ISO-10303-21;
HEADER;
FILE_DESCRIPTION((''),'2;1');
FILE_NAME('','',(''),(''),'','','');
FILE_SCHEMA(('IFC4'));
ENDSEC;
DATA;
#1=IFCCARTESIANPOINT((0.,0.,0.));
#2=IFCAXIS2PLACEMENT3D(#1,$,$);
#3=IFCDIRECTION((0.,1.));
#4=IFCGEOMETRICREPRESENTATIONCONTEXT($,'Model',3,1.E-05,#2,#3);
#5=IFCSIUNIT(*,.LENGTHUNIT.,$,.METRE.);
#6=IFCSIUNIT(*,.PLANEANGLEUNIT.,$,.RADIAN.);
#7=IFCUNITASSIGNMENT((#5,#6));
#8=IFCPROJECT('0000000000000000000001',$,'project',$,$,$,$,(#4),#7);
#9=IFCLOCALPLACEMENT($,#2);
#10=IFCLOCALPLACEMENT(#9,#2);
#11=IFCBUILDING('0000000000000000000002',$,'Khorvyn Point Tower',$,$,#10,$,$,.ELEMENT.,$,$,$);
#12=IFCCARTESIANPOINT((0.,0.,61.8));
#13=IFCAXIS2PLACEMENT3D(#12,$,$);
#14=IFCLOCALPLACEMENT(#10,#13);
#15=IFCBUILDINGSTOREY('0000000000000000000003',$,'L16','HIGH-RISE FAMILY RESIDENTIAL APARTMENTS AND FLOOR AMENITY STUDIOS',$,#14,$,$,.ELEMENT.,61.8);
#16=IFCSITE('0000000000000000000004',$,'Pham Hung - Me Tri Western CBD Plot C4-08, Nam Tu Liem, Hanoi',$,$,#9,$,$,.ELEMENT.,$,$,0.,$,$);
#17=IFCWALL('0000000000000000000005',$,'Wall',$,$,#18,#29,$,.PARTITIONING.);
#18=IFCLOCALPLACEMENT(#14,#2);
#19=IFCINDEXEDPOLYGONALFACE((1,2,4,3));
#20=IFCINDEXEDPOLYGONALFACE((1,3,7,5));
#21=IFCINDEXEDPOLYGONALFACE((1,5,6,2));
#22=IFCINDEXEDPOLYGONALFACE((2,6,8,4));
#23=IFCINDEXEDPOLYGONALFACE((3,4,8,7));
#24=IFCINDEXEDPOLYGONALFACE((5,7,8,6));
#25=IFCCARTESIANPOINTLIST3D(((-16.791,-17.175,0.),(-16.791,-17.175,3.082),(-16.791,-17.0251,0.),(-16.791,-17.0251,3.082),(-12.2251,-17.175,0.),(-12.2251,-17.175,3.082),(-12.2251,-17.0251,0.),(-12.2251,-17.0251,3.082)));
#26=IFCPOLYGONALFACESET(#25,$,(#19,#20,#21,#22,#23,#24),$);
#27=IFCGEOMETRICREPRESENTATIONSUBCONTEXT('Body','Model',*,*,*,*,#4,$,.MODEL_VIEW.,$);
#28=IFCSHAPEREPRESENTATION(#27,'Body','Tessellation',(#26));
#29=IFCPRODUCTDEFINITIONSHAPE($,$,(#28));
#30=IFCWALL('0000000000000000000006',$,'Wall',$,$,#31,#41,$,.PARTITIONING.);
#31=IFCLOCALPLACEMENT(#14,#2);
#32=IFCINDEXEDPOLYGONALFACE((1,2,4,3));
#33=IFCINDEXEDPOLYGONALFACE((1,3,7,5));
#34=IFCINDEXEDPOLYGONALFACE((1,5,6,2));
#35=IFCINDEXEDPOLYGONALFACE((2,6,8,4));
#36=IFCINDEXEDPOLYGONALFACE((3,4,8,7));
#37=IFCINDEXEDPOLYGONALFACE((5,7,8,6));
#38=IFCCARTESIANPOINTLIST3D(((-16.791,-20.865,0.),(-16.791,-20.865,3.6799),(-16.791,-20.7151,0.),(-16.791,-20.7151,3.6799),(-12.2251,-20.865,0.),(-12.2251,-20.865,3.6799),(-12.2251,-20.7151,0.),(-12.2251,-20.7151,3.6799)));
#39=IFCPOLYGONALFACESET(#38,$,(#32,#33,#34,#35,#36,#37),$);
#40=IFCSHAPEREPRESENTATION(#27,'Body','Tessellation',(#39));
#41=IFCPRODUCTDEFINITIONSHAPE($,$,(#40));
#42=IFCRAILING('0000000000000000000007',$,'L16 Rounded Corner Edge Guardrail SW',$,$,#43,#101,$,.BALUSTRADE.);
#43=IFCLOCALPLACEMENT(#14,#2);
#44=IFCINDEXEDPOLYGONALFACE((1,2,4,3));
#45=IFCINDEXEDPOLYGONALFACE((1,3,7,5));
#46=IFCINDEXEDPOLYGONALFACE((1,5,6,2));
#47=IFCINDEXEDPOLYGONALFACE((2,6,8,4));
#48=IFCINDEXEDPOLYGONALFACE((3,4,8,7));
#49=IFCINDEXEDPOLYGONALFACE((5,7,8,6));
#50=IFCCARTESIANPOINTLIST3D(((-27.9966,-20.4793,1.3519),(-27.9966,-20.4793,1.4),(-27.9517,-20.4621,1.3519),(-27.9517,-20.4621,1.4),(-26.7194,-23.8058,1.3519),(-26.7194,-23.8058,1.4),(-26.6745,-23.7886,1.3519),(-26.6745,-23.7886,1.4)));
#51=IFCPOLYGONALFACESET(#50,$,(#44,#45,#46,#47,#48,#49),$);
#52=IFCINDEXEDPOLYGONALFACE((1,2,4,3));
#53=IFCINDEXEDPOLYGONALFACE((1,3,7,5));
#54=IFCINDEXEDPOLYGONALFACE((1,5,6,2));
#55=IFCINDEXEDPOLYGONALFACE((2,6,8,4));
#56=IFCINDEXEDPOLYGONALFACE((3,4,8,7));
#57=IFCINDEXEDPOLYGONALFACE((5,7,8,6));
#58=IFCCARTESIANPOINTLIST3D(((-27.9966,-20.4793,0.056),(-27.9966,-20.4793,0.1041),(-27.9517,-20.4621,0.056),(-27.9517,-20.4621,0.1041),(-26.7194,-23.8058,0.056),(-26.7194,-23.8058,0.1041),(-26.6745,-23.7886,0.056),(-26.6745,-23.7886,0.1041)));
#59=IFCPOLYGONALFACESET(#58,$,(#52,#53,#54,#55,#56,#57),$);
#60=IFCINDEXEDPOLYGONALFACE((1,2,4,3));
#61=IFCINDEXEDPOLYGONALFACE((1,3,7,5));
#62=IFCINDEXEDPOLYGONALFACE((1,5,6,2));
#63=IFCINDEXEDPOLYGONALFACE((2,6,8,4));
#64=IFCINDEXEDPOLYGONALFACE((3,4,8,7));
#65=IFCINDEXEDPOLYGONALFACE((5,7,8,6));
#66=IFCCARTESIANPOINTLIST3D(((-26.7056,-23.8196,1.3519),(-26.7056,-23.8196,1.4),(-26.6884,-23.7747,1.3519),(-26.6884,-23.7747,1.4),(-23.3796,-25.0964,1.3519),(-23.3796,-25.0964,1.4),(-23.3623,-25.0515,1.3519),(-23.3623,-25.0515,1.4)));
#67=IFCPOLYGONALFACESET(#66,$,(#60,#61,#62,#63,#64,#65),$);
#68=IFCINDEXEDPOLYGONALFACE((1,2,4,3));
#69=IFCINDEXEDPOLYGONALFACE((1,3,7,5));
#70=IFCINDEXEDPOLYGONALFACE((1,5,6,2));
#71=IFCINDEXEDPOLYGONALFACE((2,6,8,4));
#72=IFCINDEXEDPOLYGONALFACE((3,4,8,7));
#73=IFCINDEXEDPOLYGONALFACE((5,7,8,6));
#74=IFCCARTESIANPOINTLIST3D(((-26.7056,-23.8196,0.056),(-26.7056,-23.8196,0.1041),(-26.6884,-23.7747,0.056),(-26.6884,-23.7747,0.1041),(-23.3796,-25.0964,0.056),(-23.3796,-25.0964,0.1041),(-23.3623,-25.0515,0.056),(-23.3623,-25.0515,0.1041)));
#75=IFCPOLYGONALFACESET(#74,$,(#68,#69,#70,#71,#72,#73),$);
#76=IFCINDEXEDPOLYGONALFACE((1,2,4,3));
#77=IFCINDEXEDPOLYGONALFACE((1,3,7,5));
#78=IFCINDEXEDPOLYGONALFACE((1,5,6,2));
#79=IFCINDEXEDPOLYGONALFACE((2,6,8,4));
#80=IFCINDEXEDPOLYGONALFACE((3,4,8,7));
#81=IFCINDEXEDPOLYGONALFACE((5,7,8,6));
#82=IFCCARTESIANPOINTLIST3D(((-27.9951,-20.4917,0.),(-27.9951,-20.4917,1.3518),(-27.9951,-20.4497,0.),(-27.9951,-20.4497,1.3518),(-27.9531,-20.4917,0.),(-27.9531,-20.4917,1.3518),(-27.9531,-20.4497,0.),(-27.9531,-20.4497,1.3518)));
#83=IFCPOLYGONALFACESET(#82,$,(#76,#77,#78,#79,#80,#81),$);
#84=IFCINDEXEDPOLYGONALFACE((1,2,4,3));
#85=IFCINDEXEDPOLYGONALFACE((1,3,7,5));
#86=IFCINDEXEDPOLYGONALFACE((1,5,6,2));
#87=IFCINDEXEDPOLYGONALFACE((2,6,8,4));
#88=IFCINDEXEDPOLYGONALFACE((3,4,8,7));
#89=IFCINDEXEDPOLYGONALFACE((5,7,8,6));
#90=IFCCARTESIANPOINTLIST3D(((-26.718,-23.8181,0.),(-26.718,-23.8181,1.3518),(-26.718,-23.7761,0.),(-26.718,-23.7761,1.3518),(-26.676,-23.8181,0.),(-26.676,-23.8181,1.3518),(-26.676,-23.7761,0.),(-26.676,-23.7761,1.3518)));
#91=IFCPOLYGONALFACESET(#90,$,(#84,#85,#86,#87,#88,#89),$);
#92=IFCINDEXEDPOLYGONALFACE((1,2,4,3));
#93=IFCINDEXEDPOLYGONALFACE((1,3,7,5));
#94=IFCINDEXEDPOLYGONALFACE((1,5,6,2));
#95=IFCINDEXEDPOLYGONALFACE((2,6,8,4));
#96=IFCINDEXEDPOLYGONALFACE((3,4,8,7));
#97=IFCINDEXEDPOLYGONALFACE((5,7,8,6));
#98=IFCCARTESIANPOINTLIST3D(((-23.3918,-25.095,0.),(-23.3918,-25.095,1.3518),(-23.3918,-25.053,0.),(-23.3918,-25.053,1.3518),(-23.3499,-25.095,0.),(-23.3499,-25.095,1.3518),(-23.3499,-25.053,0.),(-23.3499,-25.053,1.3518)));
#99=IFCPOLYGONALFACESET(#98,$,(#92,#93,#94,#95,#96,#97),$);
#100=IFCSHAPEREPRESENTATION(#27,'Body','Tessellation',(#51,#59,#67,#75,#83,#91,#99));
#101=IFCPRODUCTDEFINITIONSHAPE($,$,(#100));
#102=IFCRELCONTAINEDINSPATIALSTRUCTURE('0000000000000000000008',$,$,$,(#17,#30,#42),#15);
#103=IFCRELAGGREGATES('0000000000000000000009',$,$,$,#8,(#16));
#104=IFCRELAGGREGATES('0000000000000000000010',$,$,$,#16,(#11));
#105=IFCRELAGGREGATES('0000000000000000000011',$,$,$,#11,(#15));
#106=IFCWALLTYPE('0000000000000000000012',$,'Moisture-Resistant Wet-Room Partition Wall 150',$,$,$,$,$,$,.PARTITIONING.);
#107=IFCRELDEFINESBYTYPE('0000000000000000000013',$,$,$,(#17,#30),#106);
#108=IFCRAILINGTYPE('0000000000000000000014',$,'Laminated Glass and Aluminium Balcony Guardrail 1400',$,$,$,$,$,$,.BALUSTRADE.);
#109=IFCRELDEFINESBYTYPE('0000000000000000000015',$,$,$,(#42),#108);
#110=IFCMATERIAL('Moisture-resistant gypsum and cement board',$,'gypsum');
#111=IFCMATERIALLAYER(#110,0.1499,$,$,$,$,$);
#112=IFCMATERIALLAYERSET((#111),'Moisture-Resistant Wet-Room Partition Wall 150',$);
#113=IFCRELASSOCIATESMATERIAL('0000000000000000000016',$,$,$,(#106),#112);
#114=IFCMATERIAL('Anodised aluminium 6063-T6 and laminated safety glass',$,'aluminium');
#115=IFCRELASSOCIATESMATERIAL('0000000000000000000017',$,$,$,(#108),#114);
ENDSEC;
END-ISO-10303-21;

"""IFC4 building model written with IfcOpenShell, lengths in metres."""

from ifc_helpers import new_model, si_unit, direction, frame, frame_2d, origin, origin_2d, place, context, subcontext, project, spatial, rectangle, extrude, material, layer, layer_set, type_object, element, save


model = new_model("IFC4")

# Units and contexts
model_context = context("Model", 3, precision=1e-05, world=origin(), true_north=direction((0.0, 1.0)))
body_context = subcontext(model_context, "Body", "Model", "MODEL_VIEW")
ifc_project = project(units=[si_unit("LENGTHUNIT", "METRE"), si_unit("PLANEANGLEUNIT", "RADIAN")], contexts=[model_context])

# Site, building, storey
site_placement = place(None, origin())
site = spatial("IfcSite", under=ifc_project, at=site_placement, Name="Pham Hung - Me Tri Western CBD Plot C4-08, Nam Tu Liem, Hanoi", CompositionType="ELEMENT", RefElevation=0.0)
building_placement = place(site_placement, origin())
building = spatial("IfcBuilding", under=site, at=building_placement, Name="Khorvyn Point Tower", CompositionType="ELEMENT")
storey_placement = place(building_placement, frame((0.0, 0.0, 61.8)))
storey = spatial("IfcBuildingStorey", under=building, at=storey_placement, Name="L16", Description="HIGH-RISE FAMILY RESIDENTIAL APARTMENTS AND FLOOR AMENITY STUDIOS", CompositionType="ELEMENT", Elevation=61.8)

# Shared definitions
ifc_material_1 = material(Name="Moisture-resistant gypsum and cement board", Category="gypsum")
ifc_layer_1 = layer(ifc_material_1, 0.1499)
ifc_layer_set_1 = layer_set([ifc_layer_1], Name="Moisture-Resistant Wet-Room Partition Wall 150")
wall_type_1 = type_object("IfcWallType", Name="Moisture-Resistant Wet-Room Partition Wall 150", PredefinedType="PARTITIONING", material=ifc_layer_set_1)

# Walls
wall_1_placement = place(storey_placement, frame((-16.791, -17.1001, 0.0), z_axis=(0.0, 0.0, 1.0), x_axis=(1.0, 0.0, 0.0)))
element("IfcWall", 1, at=wall_1_placement, inside=storey, type_object=wall_type_1, Name="Wall", PredefinedType="PARTITIONING", context=body_context, shape_type="SweptSolid", body=[
    extrude(rectangle(XDim=4.5659, YDim=0.1499, at=frame_2d((2.283, 0.0))), origin(), (0.0, 0.0, 1.0), 3.082),
])
wall_2_placement = place(storey_placement, frame((-16.791, -20.79, 0.0), z_axis=(0.0, 0.0, 1.0), x_axis=(1.0, 0.0, 0.0)))
element("IfcWall", 2, at=wall_2_placement, inside=storey, type_object=wall_type_1, Name="Wall", PredefinedType="PARTITIONING", context=body_context, shape_type="SweptSolid", body=[
    extrude(rectangle(XDim=4.5659, YDim=0.1499, at=frame_2d((2.283, 0.0))), origin(), (0.0, 0.0, 1.0), 3.6799),
])

# Railing
ifc_material_2 = material(Name="Anodised aluminium 6063-T6 and laminated safety glass", Category="aluminium")
railing_type = type_object("IfcRailingType", Name="Laminated Glass and Aluminium Balcony Guardrail 1400", PredefinedType="BALUSTRADE", material=ifc_material_2)
railing_placement = place(storey_placement, frame((-27.9741, -20.4707, 0.0)))
element("IfcRailing", 3, at=railing_placement, inside=storey, type_object=railing_type, Name="L16 Rounded Corner Edge Guardrail SW", PredefinedType="BALUSTRADE", context=body_context, shape_type="SweptSolid", body=[
    extrude(rectangle(XDim=0.0481, YDim=0.0481, at=origin_2d()), frame((0.0, 0.0, 1.376), z_axis=(0.358419, -0.933561, 0.0), x_axis=(0.933561, 0.358419, 0.0)), (0.0, 0.0, 1.0), 3.5632),
    extrude(rectangle(XDim=0.0481, YDim=0.0481, at=origin_2d()), frame((0.0, 0.0, 0.0801), z_axis=(0.358419, -0.933561, 0.0), x_axis=(0.933561, 0.358419, 0.0)), (0.0, 0.0, 1.0), 3.5632),
    extrude(rectangle(XDim=0.0481, YDim=0.0481, at=origin_2d()), frame((1.2771, -3.3264, 1.376), z_axis=(0.933575, -0.358382, 0.0), x_axis=(0.358382, 0.933575, 0.0)), (0.0, 0.0, 1.0), 3.5627),
    extrude(rectangle(XDim=0.0481, YDim=0.0481, at=origin_2d()), frame((1.2771, -3.3264, 0.0801), z_axis=(0.933575, -0.358382, 0.0), x_axis=(0.358382, 0.933575, 0.0)), (0.0, 0.0, 1.0), 3.5627),
    extrude(rectangle(XDim=0.042, YDim=0.042, at=origin_2d()), origin(), (0.0, 0.0, 1.0), 1.3518),
    extrude(rectangle(XDim=0.042, YDim=0.042, at=origin_2d()), frame((1.2771, -3.3264, 0.0)), (0.0, 0.0, 1.0), 1.3518),
    extrude(rectangle(XDim=0.042, YDim=0.042, at=origin_2d()), frame((4.6033, -4.6033, 0.0)), (0.0, 0.0, 1.0), 1.3518),
])

save(model, "model.ifc")
